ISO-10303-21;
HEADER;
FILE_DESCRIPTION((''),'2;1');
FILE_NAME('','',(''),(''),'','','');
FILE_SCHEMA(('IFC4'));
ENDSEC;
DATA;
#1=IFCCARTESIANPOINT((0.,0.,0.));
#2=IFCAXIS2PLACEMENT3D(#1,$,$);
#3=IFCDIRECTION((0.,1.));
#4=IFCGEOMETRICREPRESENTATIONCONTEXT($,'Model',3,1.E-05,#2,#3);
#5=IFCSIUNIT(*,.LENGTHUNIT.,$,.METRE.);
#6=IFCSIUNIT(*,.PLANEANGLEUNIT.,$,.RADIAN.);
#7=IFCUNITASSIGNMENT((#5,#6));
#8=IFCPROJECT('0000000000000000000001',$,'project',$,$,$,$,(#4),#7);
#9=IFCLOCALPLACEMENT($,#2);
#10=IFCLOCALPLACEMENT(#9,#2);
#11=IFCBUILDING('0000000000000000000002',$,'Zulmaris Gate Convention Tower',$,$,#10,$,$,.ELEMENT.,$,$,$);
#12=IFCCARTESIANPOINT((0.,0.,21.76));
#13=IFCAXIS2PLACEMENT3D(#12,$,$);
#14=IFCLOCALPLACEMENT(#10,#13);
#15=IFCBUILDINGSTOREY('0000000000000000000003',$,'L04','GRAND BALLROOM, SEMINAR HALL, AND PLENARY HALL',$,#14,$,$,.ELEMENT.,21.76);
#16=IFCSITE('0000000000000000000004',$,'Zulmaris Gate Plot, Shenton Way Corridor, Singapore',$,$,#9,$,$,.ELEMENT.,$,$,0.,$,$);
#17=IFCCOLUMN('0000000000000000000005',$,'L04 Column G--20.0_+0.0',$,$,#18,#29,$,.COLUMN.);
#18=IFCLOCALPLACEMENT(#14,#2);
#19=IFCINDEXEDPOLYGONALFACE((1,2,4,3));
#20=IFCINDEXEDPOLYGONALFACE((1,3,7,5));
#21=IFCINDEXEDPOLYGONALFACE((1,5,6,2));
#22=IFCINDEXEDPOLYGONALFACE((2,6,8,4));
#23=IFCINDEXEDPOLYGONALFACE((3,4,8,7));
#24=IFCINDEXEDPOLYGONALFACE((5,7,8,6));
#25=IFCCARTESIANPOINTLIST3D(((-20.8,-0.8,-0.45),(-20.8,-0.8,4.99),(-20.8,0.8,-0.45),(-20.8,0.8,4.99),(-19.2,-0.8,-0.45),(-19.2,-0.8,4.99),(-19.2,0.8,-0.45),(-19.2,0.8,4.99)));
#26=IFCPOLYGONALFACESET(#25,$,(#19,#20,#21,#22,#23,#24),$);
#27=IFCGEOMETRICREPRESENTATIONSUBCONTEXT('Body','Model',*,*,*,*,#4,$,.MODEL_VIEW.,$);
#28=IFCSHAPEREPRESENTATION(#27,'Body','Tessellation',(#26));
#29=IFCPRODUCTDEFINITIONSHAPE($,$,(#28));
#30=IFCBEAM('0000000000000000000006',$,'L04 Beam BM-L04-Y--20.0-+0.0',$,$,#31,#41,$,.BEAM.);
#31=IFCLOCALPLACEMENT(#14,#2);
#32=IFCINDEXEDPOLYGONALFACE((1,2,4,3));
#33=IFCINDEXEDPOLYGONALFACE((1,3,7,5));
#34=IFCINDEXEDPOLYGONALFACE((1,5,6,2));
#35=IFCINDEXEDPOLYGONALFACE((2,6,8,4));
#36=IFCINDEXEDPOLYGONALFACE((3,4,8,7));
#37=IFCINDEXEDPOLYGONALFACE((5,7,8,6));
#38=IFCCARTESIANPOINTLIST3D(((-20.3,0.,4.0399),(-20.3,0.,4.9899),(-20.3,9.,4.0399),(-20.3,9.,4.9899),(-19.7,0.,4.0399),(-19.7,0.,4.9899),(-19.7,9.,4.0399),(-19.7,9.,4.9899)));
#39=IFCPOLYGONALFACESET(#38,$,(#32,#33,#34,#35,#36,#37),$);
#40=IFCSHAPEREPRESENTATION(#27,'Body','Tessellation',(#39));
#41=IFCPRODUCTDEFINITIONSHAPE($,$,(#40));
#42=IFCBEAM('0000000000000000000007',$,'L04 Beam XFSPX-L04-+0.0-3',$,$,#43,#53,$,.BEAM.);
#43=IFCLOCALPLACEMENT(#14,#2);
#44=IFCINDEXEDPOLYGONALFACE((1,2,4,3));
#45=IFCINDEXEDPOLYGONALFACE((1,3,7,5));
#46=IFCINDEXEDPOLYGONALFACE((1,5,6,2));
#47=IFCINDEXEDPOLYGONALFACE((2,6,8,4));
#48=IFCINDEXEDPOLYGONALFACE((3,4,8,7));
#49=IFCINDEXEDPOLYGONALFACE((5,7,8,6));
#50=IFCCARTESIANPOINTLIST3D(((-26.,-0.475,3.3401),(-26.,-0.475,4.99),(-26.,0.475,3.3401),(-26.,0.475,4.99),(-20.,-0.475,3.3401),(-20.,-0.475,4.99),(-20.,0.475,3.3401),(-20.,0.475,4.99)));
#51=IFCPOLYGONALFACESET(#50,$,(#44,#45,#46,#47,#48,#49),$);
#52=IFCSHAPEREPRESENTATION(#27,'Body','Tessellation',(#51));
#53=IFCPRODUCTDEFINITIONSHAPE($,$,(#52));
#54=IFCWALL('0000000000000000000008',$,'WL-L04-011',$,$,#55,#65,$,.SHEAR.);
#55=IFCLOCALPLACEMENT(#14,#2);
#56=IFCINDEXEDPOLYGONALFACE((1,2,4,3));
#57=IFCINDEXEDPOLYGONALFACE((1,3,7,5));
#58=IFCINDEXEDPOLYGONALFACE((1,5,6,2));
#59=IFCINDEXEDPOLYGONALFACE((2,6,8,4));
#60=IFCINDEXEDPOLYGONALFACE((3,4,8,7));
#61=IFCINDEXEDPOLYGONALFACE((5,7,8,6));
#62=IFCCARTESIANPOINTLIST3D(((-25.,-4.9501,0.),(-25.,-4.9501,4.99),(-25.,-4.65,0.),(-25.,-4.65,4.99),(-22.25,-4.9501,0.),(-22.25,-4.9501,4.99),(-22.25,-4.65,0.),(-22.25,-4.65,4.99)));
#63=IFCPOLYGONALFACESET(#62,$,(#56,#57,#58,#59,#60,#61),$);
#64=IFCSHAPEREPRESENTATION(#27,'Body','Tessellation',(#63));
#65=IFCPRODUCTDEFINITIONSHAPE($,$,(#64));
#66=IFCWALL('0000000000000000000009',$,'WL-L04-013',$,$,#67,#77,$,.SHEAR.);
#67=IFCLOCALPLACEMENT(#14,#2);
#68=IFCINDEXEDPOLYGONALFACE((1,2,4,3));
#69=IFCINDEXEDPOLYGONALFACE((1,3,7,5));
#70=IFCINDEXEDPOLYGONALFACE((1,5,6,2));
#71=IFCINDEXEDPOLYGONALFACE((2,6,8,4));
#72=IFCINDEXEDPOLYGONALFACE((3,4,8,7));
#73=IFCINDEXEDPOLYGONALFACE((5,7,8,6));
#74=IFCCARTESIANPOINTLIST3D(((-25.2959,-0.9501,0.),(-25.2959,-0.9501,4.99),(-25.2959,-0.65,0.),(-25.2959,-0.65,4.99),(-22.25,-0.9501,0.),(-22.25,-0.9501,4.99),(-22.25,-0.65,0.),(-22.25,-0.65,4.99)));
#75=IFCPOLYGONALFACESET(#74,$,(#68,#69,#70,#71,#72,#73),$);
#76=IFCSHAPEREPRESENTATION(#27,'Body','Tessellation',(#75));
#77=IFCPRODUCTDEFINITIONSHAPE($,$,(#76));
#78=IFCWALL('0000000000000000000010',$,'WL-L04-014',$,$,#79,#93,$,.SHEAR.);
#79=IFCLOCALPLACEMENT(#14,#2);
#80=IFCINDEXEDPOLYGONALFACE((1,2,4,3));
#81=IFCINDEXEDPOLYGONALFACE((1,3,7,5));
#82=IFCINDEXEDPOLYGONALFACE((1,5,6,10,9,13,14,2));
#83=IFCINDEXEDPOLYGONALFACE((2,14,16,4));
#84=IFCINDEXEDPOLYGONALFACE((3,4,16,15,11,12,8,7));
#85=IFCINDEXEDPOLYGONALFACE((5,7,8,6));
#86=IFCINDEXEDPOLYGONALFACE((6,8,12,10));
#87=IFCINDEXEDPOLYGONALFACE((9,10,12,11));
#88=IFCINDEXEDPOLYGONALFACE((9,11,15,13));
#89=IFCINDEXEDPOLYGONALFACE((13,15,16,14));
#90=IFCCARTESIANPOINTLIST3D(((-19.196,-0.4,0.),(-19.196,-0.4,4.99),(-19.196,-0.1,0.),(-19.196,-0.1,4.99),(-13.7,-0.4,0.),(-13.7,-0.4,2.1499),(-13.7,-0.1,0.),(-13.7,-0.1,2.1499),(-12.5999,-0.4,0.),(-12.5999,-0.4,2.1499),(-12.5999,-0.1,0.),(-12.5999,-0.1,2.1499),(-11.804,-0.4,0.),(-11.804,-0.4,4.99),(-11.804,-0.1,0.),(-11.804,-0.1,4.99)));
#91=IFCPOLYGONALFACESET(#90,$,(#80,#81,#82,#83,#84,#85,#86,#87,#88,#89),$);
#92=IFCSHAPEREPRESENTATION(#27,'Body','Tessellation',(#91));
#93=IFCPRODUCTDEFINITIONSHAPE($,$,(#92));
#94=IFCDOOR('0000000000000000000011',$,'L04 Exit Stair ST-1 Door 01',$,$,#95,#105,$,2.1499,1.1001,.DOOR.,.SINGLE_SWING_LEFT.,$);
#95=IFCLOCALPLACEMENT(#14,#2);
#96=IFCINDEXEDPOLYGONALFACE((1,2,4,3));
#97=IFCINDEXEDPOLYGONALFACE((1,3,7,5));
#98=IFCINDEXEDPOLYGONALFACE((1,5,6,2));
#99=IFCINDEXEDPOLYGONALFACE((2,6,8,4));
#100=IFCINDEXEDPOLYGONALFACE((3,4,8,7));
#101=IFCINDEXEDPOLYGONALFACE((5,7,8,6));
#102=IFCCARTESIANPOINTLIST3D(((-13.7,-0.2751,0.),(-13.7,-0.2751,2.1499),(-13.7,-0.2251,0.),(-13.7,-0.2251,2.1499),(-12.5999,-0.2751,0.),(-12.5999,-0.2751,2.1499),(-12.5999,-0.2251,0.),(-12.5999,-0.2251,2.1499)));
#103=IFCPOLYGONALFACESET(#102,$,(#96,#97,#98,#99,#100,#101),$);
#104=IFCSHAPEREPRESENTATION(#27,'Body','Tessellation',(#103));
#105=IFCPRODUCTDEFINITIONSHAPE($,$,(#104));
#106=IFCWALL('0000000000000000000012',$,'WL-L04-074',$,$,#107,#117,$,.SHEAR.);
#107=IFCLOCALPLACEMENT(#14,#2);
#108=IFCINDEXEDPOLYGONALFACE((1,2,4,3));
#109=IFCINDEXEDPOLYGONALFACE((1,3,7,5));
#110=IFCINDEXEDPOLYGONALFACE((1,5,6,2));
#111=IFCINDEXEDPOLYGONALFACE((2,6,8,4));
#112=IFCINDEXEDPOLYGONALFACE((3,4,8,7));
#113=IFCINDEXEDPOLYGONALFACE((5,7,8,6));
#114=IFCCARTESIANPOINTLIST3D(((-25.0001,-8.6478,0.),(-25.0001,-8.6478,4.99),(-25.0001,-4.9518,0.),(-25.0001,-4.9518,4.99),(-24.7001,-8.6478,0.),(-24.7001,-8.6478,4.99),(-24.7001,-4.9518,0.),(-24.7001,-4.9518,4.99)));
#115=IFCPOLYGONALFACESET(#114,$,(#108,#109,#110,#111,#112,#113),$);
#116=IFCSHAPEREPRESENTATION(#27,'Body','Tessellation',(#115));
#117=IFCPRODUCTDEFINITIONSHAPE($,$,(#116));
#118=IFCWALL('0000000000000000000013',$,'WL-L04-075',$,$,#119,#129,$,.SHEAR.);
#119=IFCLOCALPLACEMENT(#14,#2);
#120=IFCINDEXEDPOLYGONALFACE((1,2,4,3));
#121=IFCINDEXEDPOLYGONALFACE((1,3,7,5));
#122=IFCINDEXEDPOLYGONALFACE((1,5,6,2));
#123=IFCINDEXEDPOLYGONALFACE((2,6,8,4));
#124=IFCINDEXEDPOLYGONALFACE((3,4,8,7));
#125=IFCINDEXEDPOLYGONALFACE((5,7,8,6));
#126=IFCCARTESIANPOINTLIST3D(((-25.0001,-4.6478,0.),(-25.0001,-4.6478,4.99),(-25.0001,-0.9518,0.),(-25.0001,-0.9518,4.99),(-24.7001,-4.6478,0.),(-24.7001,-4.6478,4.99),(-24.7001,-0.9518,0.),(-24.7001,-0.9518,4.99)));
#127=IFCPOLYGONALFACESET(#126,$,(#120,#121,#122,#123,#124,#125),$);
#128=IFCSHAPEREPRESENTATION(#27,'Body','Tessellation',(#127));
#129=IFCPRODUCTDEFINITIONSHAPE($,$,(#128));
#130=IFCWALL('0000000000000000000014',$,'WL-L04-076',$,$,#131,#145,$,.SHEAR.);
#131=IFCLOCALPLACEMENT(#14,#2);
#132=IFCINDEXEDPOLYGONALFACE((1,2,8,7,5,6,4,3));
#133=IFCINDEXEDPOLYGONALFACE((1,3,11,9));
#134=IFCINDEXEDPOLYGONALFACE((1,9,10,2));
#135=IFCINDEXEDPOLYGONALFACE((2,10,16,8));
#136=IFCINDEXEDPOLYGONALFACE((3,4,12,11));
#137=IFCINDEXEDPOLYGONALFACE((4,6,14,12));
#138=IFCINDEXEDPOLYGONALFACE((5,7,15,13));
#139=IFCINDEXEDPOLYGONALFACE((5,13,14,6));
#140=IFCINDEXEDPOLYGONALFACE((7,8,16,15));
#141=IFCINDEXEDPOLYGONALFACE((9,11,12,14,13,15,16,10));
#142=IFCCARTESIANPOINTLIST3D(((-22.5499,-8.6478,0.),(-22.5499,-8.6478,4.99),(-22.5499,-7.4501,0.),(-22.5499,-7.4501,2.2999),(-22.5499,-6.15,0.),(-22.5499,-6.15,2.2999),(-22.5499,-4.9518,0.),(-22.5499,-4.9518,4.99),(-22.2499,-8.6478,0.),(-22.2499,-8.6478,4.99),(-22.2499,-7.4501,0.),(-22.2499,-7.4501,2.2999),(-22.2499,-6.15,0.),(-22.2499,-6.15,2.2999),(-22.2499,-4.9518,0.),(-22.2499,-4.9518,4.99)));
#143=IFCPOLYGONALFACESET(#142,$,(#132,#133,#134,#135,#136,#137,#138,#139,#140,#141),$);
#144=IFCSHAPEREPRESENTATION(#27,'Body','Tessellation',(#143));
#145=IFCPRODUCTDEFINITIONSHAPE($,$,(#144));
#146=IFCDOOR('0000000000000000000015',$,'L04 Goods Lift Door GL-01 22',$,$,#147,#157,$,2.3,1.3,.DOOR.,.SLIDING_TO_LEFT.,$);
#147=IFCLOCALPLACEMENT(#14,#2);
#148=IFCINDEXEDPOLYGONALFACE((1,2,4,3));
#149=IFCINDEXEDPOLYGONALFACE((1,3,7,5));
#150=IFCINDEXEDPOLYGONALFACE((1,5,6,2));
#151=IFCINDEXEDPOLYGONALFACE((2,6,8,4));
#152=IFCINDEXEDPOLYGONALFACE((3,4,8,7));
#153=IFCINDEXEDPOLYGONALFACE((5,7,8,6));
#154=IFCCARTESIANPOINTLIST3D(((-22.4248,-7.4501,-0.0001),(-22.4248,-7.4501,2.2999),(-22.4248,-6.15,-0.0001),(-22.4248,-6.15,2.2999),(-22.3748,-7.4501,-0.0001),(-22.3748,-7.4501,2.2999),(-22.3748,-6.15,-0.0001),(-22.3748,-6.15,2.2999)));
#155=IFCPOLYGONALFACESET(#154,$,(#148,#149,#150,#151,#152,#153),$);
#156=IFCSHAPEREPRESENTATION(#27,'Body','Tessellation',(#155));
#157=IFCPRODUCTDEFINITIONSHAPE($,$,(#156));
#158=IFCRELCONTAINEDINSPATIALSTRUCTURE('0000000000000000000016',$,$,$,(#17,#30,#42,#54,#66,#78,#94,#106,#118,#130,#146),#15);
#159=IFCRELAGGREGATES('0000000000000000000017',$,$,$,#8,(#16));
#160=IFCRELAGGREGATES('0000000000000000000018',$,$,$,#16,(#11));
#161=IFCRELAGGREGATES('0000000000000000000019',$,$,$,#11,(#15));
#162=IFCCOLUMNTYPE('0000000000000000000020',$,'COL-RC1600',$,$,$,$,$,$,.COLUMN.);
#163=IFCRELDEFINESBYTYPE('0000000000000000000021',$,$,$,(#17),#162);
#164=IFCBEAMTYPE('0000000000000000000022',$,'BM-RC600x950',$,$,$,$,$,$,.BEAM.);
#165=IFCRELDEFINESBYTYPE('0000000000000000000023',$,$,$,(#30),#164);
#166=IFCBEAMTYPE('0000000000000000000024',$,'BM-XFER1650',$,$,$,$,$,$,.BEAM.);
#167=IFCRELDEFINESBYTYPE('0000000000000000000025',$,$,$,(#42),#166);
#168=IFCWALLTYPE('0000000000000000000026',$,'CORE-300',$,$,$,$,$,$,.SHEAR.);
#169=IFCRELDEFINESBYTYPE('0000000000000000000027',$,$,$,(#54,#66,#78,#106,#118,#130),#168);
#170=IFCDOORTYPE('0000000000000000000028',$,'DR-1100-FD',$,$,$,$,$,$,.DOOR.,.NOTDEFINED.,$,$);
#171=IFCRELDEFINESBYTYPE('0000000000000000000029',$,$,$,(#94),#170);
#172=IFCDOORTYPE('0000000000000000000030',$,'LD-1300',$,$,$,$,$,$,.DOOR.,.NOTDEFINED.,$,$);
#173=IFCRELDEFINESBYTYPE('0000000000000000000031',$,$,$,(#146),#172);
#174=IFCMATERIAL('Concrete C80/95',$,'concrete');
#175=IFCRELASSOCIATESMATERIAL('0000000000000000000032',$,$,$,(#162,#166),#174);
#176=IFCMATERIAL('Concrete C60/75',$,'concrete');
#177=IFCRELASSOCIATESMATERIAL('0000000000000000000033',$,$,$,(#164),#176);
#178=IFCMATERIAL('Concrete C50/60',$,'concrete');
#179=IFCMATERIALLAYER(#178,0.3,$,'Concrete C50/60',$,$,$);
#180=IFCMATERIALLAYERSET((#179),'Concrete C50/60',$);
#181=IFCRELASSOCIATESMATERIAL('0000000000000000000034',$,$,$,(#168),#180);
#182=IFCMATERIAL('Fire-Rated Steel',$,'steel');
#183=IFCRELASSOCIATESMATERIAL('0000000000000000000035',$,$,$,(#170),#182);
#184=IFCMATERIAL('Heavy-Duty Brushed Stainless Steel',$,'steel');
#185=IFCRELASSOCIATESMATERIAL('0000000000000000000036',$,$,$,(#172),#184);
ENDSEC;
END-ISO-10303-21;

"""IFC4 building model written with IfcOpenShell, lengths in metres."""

from ifc_helpers import new_model, si_unit, direction, frame, frame_2d, origin, origin_2d, place, context, subcontext, project, spatial, rectangle, extrude, material, layer, layer_set, material_profile, profile_set, type_object, element, fill, save


model = new_model("IFC4")

# Units and contexts
model_context = context("Model", 3, precision=1e-05, world=origin(), true_north=direction((0.0, 1.0)))
body_context = subcontext(model_context, "Body", "Model", "MODEL_VIEW")
ifc_project = project(units=[si_unit("LENGTHUNIT", "METRE"), si_unit("PLANEANGLEUNIT", "RADIAN")], contexts=[model_context])

# Site, building, storey
site_placement = place(None, origin())
site = spatial("IfcSite", under=ifc_project, at=site_placement, Name="Zulmaris Gate Plot, Shenton Way Corridor, Singapore", CompositionType="ELEMENT", RefElevation=0.0)
building_placement = place(site_placement, origin())
building = spatial("IfcBuilding", under=site, at=building_placement, Name="Zulmaris Gate Convention Tower", CompositionType="ELEMENT")
storey_placement = place(building_placement, frame((0.0, 0.0, 21.76)))
storey = spatial("IfcBuildingStorey", under=building, at=storey_placement, Name="L04", Description="GRAND BALLROOM, SEMINAR HALL, AND PLENARY HALL", CompositionType="ELEMENT", Elevation=21.76)

# Column
ifc_material_1 = material(Name="Concrete C80/95", Category="concrete")
ifc_material_profile_1 = material_profile(ifc_material_1, rectangle(XDim=1.6001, YDim=1.6001, at=origin_2d()), Name="RC COL 1600x1600")
ifc_profile_set_1 = profile_set([ifc_material_profile_1], Name="Concrete C80/95")
column_type = type_object("IfcColumnType", Name="COL-RC1600", PredefinedType="COLUMN", material=ifc_profile_set_1)
column_placement = place(storey_placement, frame((-20.0, 0.0, -0.45), z_axis=(0.0, 0.0, 1.0), x_axis=(1.0, 0.0, 0.0)))
element("IfcColumn", 1, at=column_placement, inside=storey, type_object=column_type, Name="L04 Column G--20.0_+0.0", PredefinedType="COLUMN", context=body_context, shape_type="SweptSolid", body=[
    extrude(rectangle(XDim=1.6001, YDim=1.6001, at=origin_2d()), origin(), (0.0, 0.0, 1.0), 5.4399),
])

# Beams
ifc_material_2 = material(Name="Concrete C60/75", Category="concrete")
ifc_material_profile_2 = material_profile(ifc_material_2, rectangle(XDim=0.6001, YDim=0.95, at=origin_2d()), Name="RC BEAM 600x950")
ifc_profile_set_2 = profile_set([ifc_material_profile_2], Name="Concrete C60/75")
beam_type_1 = type_object("IfcBeamType", Name="BM-RC600x950", PredefinedType="BEAM", material=ifc_profile_set_2)
beam_1_placement = place(storey_placement, frame((-20.0, 0.0, 4.5149), z_axis=(0.0, 1.0, 0.0), x_axis=(-1.0, 0.0, 0.0)))
element("IfcBeam", 2, at=beam_1_placement, inside=storey, type_object=beam_type_1, Name="L04 Beam BM-L04-Y--20.0-+0.0", PredefinedType="BEAM", context=body_context, shape_type="SweptSolid", body=[
    extrude(rectangle(XDim=0.6001, YDim=0.95, at=origin_2d()), origin(), (0.0, 0.0, 1.0), 9.0),
])
ifc_material_profile_3 = material_profile(ifc_material_1, rectangle(XDim=0.95, YDim=1.6499, at=origin_2d()), Name="RC TRANSFER 950x1650")
ifc_profile_set_3 = profile_set([ifc_material_profile_3], Name="Concrete C80/95")
beam_type_2 = type_object("IfcBeamType", Name="BM-XFER1650", PredefinedType="BEAM", material=ifc_profile_set_3)
beam_2_placement = place(storey_placement, frame((-26.0, 0.0, 4.165), z_axis=(1.0, 0.0, 0.0), x_axis=(0.0, 1.0, 0.0)))
element("IfcBeam", 3, at=beam_2_placement, inside=storey, type_object=beam_type_2, Name="L04 Beam XFSPX-L04-+0.0-3", PredefinedType="BEAM", context=body_context, shape_type="SweptSolid", body=[
    extrude(rectangle(XDim=0.95, YDim=1.6499, at=origin_2d()), origin(), (0.0, 0.0, 1.0), 6.0),
])

# Walls
ifc_material_3 = material(Name="Concrete C50/60", Category="concrete")
ifc_layer_1 = layer(ifc_material_3, 0.3, Name="Concrete C50/60")
ifc_layer_set_1 = layer_set([ifc_layer_1], Name="Concrete C50/60")
wall_type_1 = type_object("IfcWallType", Name="CORE-300", PredefinedType="SHEAR", material=ifc_layer_set_1)
wall_1_placement = place(storey_placement, frame((-25.0, -4.8, 0.0), z_axis=(0.0, 0.0, 1.0), x_axis=(1.0, 0.0, 0.0)))
element("IfcWall", 4, at=wall_1_placement, inside=storey, type_object=wall_type_1, Name="WL-L04-011", PredefinedType="SHEAR", context=body_context, shape_type="SweptSolid", body=[
    extrude(rectangle(XDim=2.75, YDim=0.3, at=frame_2d((1.375, 0.0))), origin(), (0.0, 0.0, 1.0), 4.99),
])
wall_2_placement = place(storey_placement, frame((-25.2959, -0.8, 0.0), z_axis=(0.0, 0.0, 1.0), x_axis=(1.0, 0.0, 0.0)))
element("IfcWall", 5, at=wall_2_placement, inside=storey, type_object=wall_type_1, Name="WL-L04-013", PredefinedType="SHEAR", context=body_context, shape_type="SweptSolid", body=[
    extrude(rectangle(XDim=3.0459, YDim=0.3, at=frame_2d((1.5229, 0.0))), origin(), (0.0, 0.0, 1.0), 4.99),
])

# Wall, opening, door
wall_3_placement = place(storey_placement, frame((-19.196, -0.25, 0.0), z_axis=(0.0, 0.0, 1.0), x_axis=(1.0, 0.0, 0.0)))
wall_3 = element("IfcWall", 6, at=wall_3_placement, inside=storey, type_object=wall_type_1, Name="WL-L04-014", PredefinedType="SHEAR", context=body_context, shape_type="SweptSolid", body=[
    extrude(rectangle(XDim=7.3921, YDim=0.3, at=frame_2d((3.696, 0.0))), origin(), (0.0, 0.0, 1.0), 4.99),
])
opening_1_placement = place(wall_3_placement, frame((5.4961, 0.0, 0.0)))
opening_1 = element("IfcOpeningElement", 7, at=opening_1_placement, cuts=wall_3, PredefinedType="OPENING", context=body_context, shape_type="SweptSolid", body=[
    extrude(rectangle(XDim=1.1001, YDim=2.1499, at=frame_2d((0.55, 1.075))), frame((0.0, 0.1602, 0.0), z_axis=(0.0, -1.0, 0.0), x_axis=(1.0, 0.0, 0.0)), (0.0, 0.0, 1.0), 0.3201),
])
ifc_material_4 = material(Name="Fire-Rated Steel", Category="steel")
door_type_1 = type_object("IfcDoorType", Name="DR-1100-FD", OperationType="NOTDEFINED", PredefinedType="DOOR", material=ifc_material_4)
door_1_placement = place(opening_1_placement, origin())
door_1 = element("IfcDoor", 8, at=door_1_placement, inside=storey, type_object=door_type_1, Name="L04 Exit Stair ST-1 Door 01", OperationType="SINGLE_SWING_LEFT", OverallHeight=2.1499, OverallWidth=1.1001, PredefinedType="DOOR", context=body_context, shape_type="SweptSolid", body=[
    extrude(rectangle(XDim=1.1001, YDim=2.1499, at=frame_2d((0.55, 1.075))), frame((0.0, 0.0249, 0.0), z_axis=(0.0, -1.0, 0.0), x_axis=(1.0, 0.0, 0.0)), (0.0, 0.0, 1.0), 0.05),
])
fill(opening_1, door_1)

# Walls
for number, where, z_axis, x_axis, name in (
    (9, (-24.8501, -8.6479, 0.0), (0.0, 0.0, 1.0), (0.0, 1.0, 0.0), "WL-L04-074"),
    (10, (-24.8501, -4.6479, 0.0), (0.0, 0.0, 1.0), (0.0, 1.0, 0.0), "WL-L04-075"),
):
    element("IfcWall", number, at=place(storey_placement, frame(where, z_axis=z_axis, x_axis=x_axis)), inside=storey, type_object=wall_type_1, Name=name, PredefinedType="SHEAR", context=body_context, shape_type="SweptSolid", body=[
        extrude(rectangle(XDim=3.696, YDim=0.3, at=frame_2d((1.8481, 0.0))), origin(), (0.0, 0.0, 1.0), 4.99),
    ])

# Wall, opening, door
wall_4_placement = place(storey_placement, frame((-22.3999, -8.6479, 0.0), z_axis=(0.0, 0.0, 1.0), x_axis=(0.0, 1.0, 0.0)))
wall_4 = element("IfcWall", 11, at=wall_4_placement, inside=storey, type_object=wall_type_1, Name="WL-L04-076", PredefinedType="SHEAR", context=body_context, shape_type="SweptSolid", body=[
    extrude(rectangle(XDim=3.696, YDim=0.3, at=frame_2d((1.8481, 0.0))), origin(), (0.0, 0.0, 1.0), 4.99),
])
opening_2_placement = place(wall_4_placement, frame((1.198, 0.0, 0.0)))
opening_2 = element("IfcOpeningElement", 12, at=opening_2_placement, cuts=wall_4, PredefinedType="OPENING", context=body_context, shape_type="SweptSolid", body=[
    extrude(rectangle(XDim=1.3, YDim=2.3, at=frame_2d((0.6499, 1.1499))), frame((0.0, 0.1602, 0.0), z_axis=(0.0, -1.0, 0.0), x_axis=(1.0, 0.0, 0.0)), (0.0, 0.0, 1.0), 0.3201),
])
ifc_material_5 = material(Name="Heavy-Duty Brushed Stainless Steel", Category="steel")
door_type_2 = type_object("IfcDoorType", Name="LD-1300", OperationType="NOTDEFINED", PredefinedType="DOOR", material=ifc_material_5)
door_2_placement = place(opening_2_placement, origin())
door_2 = element("IfcDoor", 13, at=door_2_placement, inside=storey, type_object=door_type_2, Name="L04 Goods Lift Door GL-01 22", OperationType="SLIDING_TO_LEFT", OverallHeight=2.3, OverallWidth=1.3, PredefinedType="DOOR", context=body_context, shape_type="SweptSolid", body=[
    extrude(rectangle(XDim=1.3, YDim=2.3, at=frame_2d((0.6499, 1.1499))), frame((0.0, 0.0249, 0.0), z_axis=(0.0, -1.0, 0.0), x_axis=(1.0, 0.0, 0.0)), (0.0, 0.0, 1.0), 0.05),
])
fill(opening_2, door_2)

save(model, "model.ifc")
